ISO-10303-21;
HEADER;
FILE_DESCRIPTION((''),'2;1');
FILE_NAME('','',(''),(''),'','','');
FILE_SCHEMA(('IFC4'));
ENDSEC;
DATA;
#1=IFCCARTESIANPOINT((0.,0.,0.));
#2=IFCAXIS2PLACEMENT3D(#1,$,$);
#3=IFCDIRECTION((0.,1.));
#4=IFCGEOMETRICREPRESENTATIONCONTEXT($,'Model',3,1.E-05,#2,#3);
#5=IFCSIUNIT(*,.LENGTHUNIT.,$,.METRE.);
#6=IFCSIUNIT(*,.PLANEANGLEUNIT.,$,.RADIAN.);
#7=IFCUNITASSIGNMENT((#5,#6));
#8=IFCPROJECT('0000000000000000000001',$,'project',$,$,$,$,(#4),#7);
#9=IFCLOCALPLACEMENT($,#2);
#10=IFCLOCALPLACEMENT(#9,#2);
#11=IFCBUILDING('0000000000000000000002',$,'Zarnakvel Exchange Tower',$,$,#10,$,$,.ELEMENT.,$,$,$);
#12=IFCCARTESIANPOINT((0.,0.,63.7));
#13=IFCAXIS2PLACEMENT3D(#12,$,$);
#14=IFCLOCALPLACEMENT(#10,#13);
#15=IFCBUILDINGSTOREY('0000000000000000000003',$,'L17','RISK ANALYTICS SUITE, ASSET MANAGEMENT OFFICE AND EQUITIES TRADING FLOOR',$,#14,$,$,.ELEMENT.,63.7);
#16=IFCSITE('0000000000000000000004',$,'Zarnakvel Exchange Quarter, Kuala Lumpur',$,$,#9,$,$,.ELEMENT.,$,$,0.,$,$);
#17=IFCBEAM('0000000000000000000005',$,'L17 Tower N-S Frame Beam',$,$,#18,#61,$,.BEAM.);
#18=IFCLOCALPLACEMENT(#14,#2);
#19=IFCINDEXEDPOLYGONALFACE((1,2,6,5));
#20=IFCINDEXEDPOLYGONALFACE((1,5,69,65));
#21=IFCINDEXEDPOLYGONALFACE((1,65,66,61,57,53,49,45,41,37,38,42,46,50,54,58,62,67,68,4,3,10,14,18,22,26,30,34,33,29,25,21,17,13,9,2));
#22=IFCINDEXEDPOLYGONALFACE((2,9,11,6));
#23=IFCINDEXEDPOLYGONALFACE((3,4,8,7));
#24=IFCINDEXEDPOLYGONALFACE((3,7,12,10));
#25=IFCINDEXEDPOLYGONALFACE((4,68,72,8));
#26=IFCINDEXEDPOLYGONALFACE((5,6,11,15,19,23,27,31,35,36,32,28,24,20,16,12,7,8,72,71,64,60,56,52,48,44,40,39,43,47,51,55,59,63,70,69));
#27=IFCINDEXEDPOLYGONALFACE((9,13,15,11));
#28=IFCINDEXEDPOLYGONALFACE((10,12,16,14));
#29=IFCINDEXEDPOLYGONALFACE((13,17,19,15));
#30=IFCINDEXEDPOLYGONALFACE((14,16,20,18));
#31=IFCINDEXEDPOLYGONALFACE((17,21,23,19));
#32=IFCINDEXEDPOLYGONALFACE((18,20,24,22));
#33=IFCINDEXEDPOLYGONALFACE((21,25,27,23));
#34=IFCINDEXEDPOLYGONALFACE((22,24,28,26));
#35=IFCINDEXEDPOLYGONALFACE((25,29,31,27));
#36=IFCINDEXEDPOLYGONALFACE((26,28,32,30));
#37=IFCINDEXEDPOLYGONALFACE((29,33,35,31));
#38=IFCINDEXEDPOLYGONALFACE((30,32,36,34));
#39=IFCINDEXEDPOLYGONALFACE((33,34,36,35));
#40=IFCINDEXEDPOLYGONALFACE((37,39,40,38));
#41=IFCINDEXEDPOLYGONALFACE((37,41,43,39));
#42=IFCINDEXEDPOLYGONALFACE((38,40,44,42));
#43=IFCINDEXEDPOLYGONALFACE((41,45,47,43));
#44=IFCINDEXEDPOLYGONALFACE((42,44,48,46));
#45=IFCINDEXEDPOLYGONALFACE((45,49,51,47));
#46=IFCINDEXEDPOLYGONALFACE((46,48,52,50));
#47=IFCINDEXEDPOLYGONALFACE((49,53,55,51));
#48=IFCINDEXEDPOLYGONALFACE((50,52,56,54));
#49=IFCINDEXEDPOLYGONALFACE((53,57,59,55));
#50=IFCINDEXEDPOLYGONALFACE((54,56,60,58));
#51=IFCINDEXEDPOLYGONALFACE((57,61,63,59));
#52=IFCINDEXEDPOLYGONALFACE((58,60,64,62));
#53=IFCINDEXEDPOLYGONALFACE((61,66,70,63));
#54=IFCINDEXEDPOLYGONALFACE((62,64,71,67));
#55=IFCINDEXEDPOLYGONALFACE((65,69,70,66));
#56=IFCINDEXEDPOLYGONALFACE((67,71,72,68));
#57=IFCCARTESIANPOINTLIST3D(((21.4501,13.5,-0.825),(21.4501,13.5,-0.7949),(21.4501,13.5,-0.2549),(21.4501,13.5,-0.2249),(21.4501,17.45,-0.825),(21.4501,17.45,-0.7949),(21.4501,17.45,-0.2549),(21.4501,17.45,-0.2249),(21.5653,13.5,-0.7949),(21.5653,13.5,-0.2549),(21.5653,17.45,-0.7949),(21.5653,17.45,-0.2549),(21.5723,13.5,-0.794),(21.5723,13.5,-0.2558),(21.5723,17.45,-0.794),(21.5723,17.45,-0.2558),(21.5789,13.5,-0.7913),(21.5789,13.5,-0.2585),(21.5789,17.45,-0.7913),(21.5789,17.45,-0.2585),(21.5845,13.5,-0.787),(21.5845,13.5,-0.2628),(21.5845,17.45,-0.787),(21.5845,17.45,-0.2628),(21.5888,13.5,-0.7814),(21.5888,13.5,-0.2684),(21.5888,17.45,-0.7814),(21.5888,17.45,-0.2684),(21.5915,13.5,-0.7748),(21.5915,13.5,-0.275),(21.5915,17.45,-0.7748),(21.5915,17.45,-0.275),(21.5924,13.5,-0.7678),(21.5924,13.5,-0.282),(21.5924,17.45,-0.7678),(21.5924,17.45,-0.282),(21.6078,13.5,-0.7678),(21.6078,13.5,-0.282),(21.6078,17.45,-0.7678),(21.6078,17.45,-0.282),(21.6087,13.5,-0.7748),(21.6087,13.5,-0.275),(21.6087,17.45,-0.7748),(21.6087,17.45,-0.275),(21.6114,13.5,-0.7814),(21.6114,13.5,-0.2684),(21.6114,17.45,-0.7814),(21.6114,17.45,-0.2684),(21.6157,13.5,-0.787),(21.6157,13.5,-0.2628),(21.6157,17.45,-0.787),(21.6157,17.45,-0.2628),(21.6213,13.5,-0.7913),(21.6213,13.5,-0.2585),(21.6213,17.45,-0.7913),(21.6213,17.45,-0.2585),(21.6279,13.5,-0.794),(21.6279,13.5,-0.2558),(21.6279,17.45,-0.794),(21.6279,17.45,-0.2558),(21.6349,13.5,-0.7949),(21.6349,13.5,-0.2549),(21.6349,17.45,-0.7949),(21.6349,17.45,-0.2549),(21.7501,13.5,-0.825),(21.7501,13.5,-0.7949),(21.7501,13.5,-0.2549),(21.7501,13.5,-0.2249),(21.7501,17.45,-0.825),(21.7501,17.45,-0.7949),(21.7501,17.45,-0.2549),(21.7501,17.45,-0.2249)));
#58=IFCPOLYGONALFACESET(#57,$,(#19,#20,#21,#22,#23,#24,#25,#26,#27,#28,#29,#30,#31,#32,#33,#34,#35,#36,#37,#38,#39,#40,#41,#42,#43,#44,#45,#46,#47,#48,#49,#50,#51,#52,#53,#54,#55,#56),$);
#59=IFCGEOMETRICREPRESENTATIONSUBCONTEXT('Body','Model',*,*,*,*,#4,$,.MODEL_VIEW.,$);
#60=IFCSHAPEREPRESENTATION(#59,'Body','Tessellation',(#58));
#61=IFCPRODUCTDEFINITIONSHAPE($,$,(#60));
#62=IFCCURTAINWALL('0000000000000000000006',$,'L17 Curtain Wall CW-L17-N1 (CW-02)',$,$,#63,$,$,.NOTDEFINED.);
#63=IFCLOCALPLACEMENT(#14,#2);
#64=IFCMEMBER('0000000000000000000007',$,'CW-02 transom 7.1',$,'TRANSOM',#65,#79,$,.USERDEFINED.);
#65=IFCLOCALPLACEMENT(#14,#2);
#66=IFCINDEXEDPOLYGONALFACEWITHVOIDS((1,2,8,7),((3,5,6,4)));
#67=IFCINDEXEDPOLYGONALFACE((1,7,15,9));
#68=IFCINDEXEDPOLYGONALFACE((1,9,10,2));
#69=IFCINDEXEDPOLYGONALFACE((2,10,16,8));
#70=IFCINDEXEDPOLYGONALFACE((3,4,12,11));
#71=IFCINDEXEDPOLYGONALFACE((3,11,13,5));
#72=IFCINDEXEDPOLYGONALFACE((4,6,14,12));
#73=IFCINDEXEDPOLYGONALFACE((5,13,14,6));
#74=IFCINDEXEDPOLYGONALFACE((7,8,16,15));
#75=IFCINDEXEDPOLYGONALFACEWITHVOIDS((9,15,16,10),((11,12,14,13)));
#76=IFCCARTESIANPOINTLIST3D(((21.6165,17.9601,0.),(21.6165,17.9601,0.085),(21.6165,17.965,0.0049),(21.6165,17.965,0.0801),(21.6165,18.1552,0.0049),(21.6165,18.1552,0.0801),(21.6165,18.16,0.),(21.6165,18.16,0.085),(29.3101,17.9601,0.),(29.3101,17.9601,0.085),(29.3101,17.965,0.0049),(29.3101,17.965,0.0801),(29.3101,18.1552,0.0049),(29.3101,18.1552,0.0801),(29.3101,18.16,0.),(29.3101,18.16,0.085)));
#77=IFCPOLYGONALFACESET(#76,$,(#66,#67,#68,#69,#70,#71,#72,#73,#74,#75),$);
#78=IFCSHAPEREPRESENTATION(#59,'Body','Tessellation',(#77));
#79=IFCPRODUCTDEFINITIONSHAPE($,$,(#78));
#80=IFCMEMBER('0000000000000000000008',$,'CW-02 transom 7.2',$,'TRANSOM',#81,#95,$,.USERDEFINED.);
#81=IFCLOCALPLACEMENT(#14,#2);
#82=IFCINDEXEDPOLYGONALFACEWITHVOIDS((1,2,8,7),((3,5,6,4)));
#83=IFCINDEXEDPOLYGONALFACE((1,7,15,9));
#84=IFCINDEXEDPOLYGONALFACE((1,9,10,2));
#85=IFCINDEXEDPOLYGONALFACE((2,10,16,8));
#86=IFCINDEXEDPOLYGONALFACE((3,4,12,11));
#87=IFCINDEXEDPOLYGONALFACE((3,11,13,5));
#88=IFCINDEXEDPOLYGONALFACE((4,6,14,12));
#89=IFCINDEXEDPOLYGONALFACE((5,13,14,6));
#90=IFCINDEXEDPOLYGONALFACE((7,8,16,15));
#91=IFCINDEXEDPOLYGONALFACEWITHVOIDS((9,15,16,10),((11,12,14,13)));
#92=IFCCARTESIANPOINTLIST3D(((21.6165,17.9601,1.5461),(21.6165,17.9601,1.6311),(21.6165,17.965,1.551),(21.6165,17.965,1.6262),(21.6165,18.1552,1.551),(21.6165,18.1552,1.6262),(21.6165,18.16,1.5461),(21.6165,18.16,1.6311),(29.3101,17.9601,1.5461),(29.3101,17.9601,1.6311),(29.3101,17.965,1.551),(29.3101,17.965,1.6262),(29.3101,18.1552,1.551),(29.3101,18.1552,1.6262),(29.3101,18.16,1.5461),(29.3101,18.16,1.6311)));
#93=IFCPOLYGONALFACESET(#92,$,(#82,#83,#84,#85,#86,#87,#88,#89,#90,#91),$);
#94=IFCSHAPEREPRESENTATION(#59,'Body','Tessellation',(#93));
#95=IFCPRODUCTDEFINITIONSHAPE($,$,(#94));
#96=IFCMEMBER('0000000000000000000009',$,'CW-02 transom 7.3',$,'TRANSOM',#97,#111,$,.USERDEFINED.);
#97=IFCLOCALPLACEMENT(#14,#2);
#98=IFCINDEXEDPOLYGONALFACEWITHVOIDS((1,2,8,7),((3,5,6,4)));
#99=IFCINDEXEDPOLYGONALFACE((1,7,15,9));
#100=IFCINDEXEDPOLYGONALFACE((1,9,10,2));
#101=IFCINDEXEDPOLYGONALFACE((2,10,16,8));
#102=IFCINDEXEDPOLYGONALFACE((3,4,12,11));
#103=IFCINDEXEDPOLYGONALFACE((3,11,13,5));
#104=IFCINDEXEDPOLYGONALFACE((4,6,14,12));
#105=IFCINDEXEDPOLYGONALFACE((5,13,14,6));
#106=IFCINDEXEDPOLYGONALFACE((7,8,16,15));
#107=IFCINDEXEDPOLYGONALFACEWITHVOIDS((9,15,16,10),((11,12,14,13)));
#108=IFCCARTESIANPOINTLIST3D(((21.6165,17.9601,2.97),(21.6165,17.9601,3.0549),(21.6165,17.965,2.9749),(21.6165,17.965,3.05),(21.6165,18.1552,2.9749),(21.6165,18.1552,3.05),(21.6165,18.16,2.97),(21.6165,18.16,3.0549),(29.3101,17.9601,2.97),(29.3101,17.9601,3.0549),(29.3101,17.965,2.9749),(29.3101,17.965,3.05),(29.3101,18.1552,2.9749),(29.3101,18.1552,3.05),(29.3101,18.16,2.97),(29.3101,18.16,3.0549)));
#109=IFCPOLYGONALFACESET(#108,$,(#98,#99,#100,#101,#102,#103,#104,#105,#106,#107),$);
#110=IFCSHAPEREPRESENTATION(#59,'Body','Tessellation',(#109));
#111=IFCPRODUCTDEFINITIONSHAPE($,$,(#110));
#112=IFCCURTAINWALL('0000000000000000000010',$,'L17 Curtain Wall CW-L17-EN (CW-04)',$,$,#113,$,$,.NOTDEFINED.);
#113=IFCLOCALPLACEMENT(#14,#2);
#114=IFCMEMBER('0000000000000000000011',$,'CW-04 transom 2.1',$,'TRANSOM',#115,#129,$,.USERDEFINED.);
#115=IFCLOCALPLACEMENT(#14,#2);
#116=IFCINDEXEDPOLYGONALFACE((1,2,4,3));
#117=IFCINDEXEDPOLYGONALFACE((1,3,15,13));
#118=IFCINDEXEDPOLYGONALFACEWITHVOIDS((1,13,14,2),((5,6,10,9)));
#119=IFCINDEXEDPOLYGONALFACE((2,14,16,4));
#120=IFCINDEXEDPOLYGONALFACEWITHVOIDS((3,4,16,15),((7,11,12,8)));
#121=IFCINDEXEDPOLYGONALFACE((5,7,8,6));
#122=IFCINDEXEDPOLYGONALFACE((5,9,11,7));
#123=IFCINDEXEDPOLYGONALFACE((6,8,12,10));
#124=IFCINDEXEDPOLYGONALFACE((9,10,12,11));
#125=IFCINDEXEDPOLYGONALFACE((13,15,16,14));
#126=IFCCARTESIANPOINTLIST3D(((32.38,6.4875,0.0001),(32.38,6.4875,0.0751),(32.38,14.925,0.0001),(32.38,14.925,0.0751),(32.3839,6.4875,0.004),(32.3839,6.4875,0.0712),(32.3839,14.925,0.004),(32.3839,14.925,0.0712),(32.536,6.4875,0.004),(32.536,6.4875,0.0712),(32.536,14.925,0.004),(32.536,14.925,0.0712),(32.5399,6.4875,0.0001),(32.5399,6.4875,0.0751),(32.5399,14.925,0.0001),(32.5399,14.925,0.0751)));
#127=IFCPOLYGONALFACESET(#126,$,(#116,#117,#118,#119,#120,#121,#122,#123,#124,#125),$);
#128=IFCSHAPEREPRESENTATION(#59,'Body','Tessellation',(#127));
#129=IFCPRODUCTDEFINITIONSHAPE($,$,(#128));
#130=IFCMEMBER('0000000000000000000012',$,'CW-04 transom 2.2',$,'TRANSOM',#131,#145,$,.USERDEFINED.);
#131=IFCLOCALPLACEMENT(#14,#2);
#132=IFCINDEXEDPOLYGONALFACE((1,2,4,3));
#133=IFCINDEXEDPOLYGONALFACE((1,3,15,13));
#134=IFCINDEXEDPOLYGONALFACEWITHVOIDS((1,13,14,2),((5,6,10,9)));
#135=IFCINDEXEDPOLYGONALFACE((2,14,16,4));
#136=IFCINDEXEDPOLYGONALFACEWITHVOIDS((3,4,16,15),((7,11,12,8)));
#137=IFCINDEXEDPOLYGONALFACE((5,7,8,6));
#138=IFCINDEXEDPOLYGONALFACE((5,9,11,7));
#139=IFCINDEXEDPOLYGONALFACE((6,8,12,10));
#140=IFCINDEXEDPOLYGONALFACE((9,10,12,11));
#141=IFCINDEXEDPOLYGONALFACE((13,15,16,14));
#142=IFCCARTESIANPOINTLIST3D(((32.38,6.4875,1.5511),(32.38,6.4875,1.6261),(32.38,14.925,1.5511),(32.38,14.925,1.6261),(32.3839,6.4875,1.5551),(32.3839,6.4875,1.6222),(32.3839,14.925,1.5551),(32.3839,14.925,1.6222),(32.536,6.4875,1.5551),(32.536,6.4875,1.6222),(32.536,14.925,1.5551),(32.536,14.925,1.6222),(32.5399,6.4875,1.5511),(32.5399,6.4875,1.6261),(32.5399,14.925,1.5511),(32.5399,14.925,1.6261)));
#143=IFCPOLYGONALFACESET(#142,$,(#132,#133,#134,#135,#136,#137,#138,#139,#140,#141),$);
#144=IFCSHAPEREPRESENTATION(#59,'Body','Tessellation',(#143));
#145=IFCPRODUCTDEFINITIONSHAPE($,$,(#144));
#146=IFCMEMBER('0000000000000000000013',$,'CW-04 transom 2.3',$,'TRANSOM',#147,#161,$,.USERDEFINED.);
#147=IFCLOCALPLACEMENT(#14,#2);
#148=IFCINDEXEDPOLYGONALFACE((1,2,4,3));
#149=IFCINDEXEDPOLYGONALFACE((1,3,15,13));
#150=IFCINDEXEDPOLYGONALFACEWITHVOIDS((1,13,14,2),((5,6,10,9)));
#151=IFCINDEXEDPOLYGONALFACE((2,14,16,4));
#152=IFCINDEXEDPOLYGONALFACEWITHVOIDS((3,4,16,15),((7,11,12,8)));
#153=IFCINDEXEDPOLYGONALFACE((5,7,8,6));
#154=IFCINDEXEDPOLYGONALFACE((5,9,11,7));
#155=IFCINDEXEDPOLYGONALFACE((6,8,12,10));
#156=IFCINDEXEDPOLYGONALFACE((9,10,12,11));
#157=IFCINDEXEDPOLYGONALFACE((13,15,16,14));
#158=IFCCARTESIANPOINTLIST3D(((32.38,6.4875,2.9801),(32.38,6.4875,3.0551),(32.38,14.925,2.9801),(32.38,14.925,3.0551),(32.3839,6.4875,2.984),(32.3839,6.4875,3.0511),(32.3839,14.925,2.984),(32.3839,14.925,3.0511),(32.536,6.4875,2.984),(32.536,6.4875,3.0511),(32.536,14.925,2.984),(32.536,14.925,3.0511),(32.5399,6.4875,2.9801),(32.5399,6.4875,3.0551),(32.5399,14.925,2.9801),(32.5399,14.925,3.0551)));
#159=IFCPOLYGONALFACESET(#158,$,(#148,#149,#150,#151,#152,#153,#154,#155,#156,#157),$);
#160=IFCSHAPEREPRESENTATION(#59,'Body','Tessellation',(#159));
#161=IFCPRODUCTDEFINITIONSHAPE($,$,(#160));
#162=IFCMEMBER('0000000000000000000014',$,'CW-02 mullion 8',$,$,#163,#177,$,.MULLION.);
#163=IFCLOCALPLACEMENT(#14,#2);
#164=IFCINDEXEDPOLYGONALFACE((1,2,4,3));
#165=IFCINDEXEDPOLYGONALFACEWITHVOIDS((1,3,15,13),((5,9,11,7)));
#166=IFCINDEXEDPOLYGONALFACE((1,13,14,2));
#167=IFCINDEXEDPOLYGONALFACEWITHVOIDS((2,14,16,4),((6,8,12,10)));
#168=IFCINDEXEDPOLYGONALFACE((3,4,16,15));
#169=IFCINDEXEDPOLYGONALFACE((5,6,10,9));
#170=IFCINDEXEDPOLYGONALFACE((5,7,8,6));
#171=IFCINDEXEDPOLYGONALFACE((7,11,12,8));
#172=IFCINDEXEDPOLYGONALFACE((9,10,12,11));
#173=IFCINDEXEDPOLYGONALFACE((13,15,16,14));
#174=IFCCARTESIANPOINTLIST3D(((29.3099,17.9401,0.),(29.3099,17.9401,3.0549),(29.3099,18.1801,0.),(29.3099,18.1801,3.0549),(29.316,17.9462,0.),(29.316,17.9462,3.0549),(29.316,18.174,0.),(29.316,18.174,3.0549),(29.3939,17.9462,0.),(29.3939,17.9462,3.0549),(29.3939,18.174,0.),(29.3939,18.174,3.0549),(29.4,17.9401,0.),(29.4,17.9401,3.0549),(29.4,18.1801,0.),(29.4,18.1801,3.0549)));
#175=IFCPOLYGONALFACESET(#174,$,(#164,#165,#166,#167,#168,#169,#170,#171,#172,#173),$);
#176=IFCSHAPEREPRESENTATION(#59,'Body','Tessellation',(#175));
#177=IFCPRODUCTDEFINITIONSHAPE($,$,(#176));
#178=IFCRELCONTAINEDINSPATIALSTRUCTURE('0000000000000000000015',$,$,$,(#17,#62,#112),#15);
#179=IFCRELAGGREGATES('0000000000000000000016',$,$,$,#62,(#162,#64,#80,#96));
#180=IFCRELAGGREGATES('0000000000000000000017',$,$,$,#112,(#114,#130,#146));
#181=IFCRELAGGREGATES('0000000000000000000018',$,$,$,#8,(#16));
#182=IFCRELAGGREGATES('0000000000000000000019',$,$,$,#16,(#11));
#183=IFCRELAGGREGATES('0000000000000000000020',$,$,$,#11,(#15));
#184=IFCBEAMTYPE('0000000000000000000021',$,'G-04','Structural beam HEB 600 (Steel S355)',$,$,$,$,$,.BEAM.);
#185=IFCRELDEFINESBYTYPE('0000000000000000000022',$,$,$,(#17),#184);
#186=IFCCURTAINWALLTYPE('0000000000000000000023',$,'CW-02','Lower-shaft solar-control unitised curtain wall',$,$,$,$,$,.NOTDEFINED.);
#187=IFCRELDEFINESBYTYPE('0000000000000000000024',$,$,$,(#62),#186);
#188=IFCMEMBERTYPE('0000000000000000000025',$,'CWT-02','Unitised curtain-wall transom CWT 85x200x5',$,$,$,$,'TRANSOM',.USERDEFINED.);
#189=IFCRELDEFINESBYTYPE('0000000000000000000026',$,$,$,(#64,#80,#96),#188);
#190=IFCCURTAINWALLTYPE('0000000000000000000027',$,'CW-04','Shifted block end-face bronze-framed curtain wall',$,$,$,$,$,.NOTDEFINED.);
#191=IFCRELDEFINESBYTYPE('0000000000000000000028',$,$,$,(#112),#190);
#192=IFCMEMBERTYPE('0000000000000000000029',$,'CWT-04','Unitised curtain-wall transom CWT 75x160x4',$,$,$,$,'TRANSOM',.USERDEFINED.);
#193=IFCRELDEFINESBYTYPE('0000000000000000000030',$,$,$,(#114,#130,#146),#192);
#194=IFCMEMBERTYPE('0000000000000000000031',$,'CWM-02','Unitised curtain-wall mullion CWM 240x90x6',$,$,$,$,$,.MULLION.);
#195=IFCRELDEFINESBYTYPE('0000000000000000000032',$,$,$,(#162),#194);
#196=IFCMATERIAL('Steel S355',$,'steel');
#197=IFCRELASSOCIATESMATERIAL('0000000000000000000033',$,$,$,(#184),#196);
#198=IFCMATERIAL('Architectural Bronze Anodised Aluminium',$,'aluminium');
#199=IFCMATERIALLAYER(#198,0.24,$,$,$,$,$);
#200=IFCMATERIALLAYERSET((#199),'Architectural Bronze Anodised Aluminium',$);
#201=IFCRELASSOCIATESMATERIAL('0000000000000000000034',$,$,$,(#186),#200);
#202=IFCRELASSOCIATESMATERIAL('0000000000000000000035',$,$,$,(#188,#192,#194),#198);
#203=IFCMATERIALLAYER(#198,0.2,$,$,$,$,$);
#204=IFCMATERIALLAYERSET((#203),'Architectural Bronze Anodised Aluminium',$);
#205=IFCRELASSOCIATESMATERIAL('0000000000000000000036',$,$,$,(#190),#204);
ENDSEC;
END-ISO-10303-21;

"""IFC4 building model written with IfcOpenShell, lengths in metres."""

from ifc_helpers import new_model, si_unit, direction, frame, origin, origin_2d, place, context, subcontext, project, spatial, hollow_rectangle, i_section, extrude, source, transform, mapped, material, layer, layer_set, material_profile, profile_set, type_object, element, aggregate, save


model = new_model("IFC4")

# Units and contexts
model_context = context("Model", 3, precision=1e-05, world=origin(), true_north=direction((0.0, 1.0)))
body_context = subcontext(model_context, "Body", "Model", "MODEL_VIEW")
ifc_project = project(units=[si_unit("LENGTHUNIT", "METRE"), si_unit("PLANEANGLEUNIT", "RADIAN")], contexts=[model_context])

# Site, building, storey
site_placement = place(None, origin())
site = spatial("IfcSite", under=ifc_project, at=site_placement, Name="Zarnakvel Exchange Quarter, Kuala Lumpur", CompositionType="ELEMENT", RefElevation=0.0)
building_placement = place(site_placement, origin())
building = spatial("IfcBuilding", under=site, at=building_placement, Name="Zarnakvel Exchange Tower", CompositionType="ELEMENT")
storey_placement = place(building_placement, frame((0.0, 0.0, 63.7)))
storey = spatial("IfcBuildingStorey", under=building, at=storey_placement, Name="L17", Description="RISK ANALYTICS SUITE, ASSET MANAGEMENT OFFICE AND EQUITIES TRADING FLOOR", CompositionType="ELEMENT", Elevation=63.7)

# Shared definitions
ifc_material_1 = material(Name="Steel S355", Category="steel")

# Beam
ifc_material_profile_1 = material_profile(ifc_material_1, i_section(OverallWidth=0.3, OverallDepth=0.6001, WebThickness=0.0154, FlangeThickness=0.03, FilletRadius=0.0271, at=origin_2d()))
ifc_profile_set_1 = profile_set([ifc_material_profile_1], Name="Steel S355")
beam_type = type_object("IfcBeamType", Name="G-04", Description="Structural beam HEB 600 (Steel S355)", PredefinedType="BEAM", material=ifc_profile_set_1)
beam_1_placement = place(storey_placement, frame((21.6001, 13.5, -0.5249), z_axis=(0.0, 1.0, 0.0), x_axis=(-1.0, 0.0, 0.0)))
element("IfcBeam", 1, at=beam_1_placement, inside=storey, type_object=beam_type, Name="L17 Tower N-S Frame Beam", PredefinedType="BEAM", context=body_context, shape_type="SweptSolid", body=[
    extrude(i_section(OverallWidth=0.3, OverallDepth=0.6001, WebThickness=0.0154, FlangeThickness=0.03, FilletRadius=0.0271, at=origin_2d()), origin(), (0.0, 0.0, 1.0), 3.95),
])

# Curtain walls, members
ifc_material_2 = material(Name="Architectural Bronze Anodised Aluminium", Category="aluminium")
ifc_layer_1 = layer(ifc_material_2, 0.24)
ifc_layer_set_1 = layer_set([ifc_layer_1], Name="Architectural Bronze Anodised Aluminium")
curtain_wall_type_1 = type_object("IfcCurtainWallType", Name="CW-02", Description="Lower-shaft solar-control unitised curtain wall", PredefinedType="NOTDEFINED", material=ifc_layer_set_1)
curtain_wall_1_placement = place(storey_placement, origin())
curtain_wall_1 = element("IfcCurtainWall", 2, at=curtain_wall_1_placement, inside=storey, type_object=curtain_wall_type_1, Name="L17 Curtain Wall CW-L17-N1 (CW-02)", PredefinedType="NOTDEFINED")
ifc_material_profile_2 = material_profile(ifc_material_2, hollow_rectangle(XDim=0.2, YDim=0.085, WallThickness=0.0049, at=origin_2d()))
ifc_profile_set_2 = profile_set([ifc_material_profile_2], Name="Architectural Bronze Anodised Aluminium")
member_type_1 = type_object("IfcMemberType", Name="CWT-02", Description="Unitised curtain-wall transom CWT 85x200x5", ElementType="TRANSOM", PredefinedType="USERDEFINED", material=ifc_profile_set_2)
shared_shape_1 = source(origin(), body_context, "Body", "SweptSolid", [
    extrude(hollow_rectangle(XDim=0.2, YDim=0.085, WallThickness=0.0049, at=origin_2d()), origin(), (0.0, 0.0, 1.0), 7.6936),
])
member_1_placement = place(storey_placement, frame((21.6165, 18.0601, 0.0425), z_axis=(1.0, 0.0, 0.0), x_axis=(0.0, 1.0, 0.0)))
member_1 = element("IfcMember", 3, at=member_1_placement, type_object=member_type_1, Name="CW-02 transom 7.1", ObjectType="TRANSOM", PredefinedType="USERDEFINED", context=body_context, shape_type="MappedRepresentation", body=[
    mapped(shared_shape_1, transform((0.0, 0.0, 0.0), x_axis=(1.0, 0.0, 0.0), y_axis=(0.0, 1.0, 0.0), z_axis=(0.0, 0.0, 1.0), scale=1.0)),
])
member_2_placement = place(storey_placement, frame((21.6165, 18.0601, 1.5886), z_axis=(1.0, 0.0, 0.0), x_axis=(0.0, 1.0, 0.0)))
member_2 = element("IfcMember", 4, at=member_2_placement, type_object=member_type_1, Name="CW-02 transom 7.2", ObjectType="TRANSOM", PredefinedType="USERDEFINED", context=body_context, shape_type="MappedRepresentation", body=[
    mapped(shared_shape_1, transform((0.0, 0.0, 0.0), x_axis=(1.0, 0.0, 0.0), y_axis=(0.0, 1.0, 0.0), z_axis=(0.0, 0.0, 1.0), scale=1.0)),
])
member_3_placement = place(storey_placement, frame((21.6165, 18.0601, 3.0125), z_axis=(1.0, 0.0, 0.0), x_axis=(0.0, 1.0, 0.0)))
member_3 = element("IfcMember", 5, at=member_3_placement, type_object=member_type_1, Name="CW-02 transom 7.3", ObjectType="TRANSOM", PredefinedType="USERDEFINED", context=body_context, shape_type="MappedRepresentation", body=[
    mapped(shared_shape_1, transform((0.0, 0.0, 0.0), x_axis=(1.0, 0.0, 0.0), y_axis=(0.0, 1.0, 0.0), z_axis=(0.0, 0.0, 1.0), scale=1.0)),
])
ifc_layer_2 = layer(ifc_material_2, 0.2)
ifc_layer_set_2 = layer_set([ifc_layer_2], Name="Architectural Bronze Anodised Aluminium")
curtain_wall_type_2 = type_object("IfcCurtainWallType", Name="CW-04", Description="Shifted block end-face bronze-framed curtain wall", PredefinedType="NOTDEFINED", material=ifc_layer_set_2)
curtain_wall_2_placement = place(storey_placement, origin())
curtain_wall_2 = element("IfcCurtainWall", 6, at=curtain_wall_2_placement, inside=storey, type_object=curtain_wall_type_2, Name="L17 Curtain Wall CW-L17-EN (CW-04)", PredefinedType="NOTDEFINED")
ifc_material_profile_3 = material_profile(ifc_material_2, hollow_rectangle(XDim=0.1599, YDim=0.075, WallThickness=0.0039, at=origin_2d()))
ifc_profile_set_3 = profile_set([ifc_material_profile_3], Name="Architectural Bronze Anodised Aluminium")
member_type_2 = type_object("IfcMemberType", Name="CWT-04", Description="Unitised curtain-wall transom CWT 75x160x4", ElementType="TRANSOM", PredefinedType="USERDEFINED", material=ifc_profile_set_3)
shared_shape_2 = source(origin(), body_context, "Body", "SweptSolid", [
    extrude(hollow_rectangle(XDim=0.1599, YDim=0.075, WallThickness=0.0039, at=origin_2d()), origin(), (0.0, 0.0, 1.0), 8.4375),
])
member_4_placement = place(storey_placement, frame((32.46, 6.4875, 0.0376), z_axis=(0.0, 1.0, 0.0), x_axis=(-1.0, 0.0, 0.0)))
member_4 = element("IfcMember", 7, at=member_4_placement, type_object=member_type_2, Name="CW-04 transom 2.1", ObjectType="TRANSOM", PredefinedType="USERDEFINED", context=body_context, shape_type="MappedRepresentation", body=[
    mapped(shared_shape_2, transform((0.0, 0.0, 0.0), x_axis=(1.0, 0.0, 0.0), y_axis=(0.0, 1.0, 0.0), z_axis=(0.0, 0.0, 1.0), scale=1.0)),
])
member_5_placement = place(storey_placement, frame((32.46, 6.4875, 1.5886), z_axis=(0.0, 1.0, 0.0), x_axis=(-1.0, 0.0, 0.0)))
member_5 = element("IfcMember", 8, at=member_5_placement, type_object=member_type_2, Name="CW-04 transom 2.2", ObjectType="TRANSOM", PredefinedType="USERDEFINED", context=body_context, shape_type="MappedRepresentation", body=[
    mapped(shared_shape_2, transform((0.0, 0.0, 0.0), x_axis=(1.0, 0.0, 0.0), y_axis=(0.0, 1.0, 0.0), z_axis=(0.0, 0.0, 1.0), scale=1.0)),
])
member_6_placement = place(storey_placement, frame((32.46, 6.4875, 3.0176), z_axis=(0.0, 1.0, 0.0), x_axis=(-1.0, 0.0, 0.0)))
member_6 = element("IfcMember", 9, at=member_6_placement, type_object=member_type_2, Name="CW-04 transom 2.3", ObjectType="TRANSOM", PredefinedType="USERDEFINED", context=body_context, shape_type="MappedRepresentation", body=[
    mapped(shared_shape_2, transform((0.0, 0.0, 0.0), x_axis=(1.0, 0.0, 0.0), y_axis=(0.0, 1.0, 0.0), z_axis=(0.0, 0.0, 1.0), scale=1.0)),
])

# Member
ifc_material_profile_4 = material_profile(ifc_material_2, hollow_rectangle(XDim=0.24, YDim=0.0901, WallThickness=0.0061, at=origin_2d()))
ifc_profile_set_4 = profile_set([ifc_material_profile_4], Name="Architectural Bronze Anodised Aluminium")
member_type_3 = type_object("IfcMemberType", Name="CWM-02", Description="Unitised curtain-wall mullion CWM 240x90x6", PredefinedType="MULLION", material=ifc_profile_set_4)
shared_shape_3 = source(origin(), body_context, "Body", "SweptSolid", [
    extrude(hollow_rectangle(XDim=0.24, YDim=0.0901, WallThickness=0.0061, at=origin_2d()), origin(), (0.0, 0.0, 1.0), 3.0549),
])
member_7_placement = place(storey_placement, frame((29.355, 18.0601, 0.0), z_axis=(0.0, 0.0, 1.0), x_axis=(0.0, 1.0, 0.0)))
member_7 = element("IfcMember", 10, at=member_7_placement, type_object=member_type_3, Name="CW-02 mullion 8", PredefinedType="MULLION", context=body_context, shape_type="MappedRepresentation", body=[
    mapped(shared_shape_3, transform((0.0, 0.0, 0.0), x_axis=(1.0, 0.0, 0.0), y_axis=(0.0, 1.0, 0.0), z_axis=(0.0, 0.0, 1.0), scale=1.0)),
])

aggregate(curtain_wall_1, [member_7, member_1, member_2, member_3])
aggregate(curtain_wall_2, [member_4, member_5, member_6])

save(model, "model.ifc")
